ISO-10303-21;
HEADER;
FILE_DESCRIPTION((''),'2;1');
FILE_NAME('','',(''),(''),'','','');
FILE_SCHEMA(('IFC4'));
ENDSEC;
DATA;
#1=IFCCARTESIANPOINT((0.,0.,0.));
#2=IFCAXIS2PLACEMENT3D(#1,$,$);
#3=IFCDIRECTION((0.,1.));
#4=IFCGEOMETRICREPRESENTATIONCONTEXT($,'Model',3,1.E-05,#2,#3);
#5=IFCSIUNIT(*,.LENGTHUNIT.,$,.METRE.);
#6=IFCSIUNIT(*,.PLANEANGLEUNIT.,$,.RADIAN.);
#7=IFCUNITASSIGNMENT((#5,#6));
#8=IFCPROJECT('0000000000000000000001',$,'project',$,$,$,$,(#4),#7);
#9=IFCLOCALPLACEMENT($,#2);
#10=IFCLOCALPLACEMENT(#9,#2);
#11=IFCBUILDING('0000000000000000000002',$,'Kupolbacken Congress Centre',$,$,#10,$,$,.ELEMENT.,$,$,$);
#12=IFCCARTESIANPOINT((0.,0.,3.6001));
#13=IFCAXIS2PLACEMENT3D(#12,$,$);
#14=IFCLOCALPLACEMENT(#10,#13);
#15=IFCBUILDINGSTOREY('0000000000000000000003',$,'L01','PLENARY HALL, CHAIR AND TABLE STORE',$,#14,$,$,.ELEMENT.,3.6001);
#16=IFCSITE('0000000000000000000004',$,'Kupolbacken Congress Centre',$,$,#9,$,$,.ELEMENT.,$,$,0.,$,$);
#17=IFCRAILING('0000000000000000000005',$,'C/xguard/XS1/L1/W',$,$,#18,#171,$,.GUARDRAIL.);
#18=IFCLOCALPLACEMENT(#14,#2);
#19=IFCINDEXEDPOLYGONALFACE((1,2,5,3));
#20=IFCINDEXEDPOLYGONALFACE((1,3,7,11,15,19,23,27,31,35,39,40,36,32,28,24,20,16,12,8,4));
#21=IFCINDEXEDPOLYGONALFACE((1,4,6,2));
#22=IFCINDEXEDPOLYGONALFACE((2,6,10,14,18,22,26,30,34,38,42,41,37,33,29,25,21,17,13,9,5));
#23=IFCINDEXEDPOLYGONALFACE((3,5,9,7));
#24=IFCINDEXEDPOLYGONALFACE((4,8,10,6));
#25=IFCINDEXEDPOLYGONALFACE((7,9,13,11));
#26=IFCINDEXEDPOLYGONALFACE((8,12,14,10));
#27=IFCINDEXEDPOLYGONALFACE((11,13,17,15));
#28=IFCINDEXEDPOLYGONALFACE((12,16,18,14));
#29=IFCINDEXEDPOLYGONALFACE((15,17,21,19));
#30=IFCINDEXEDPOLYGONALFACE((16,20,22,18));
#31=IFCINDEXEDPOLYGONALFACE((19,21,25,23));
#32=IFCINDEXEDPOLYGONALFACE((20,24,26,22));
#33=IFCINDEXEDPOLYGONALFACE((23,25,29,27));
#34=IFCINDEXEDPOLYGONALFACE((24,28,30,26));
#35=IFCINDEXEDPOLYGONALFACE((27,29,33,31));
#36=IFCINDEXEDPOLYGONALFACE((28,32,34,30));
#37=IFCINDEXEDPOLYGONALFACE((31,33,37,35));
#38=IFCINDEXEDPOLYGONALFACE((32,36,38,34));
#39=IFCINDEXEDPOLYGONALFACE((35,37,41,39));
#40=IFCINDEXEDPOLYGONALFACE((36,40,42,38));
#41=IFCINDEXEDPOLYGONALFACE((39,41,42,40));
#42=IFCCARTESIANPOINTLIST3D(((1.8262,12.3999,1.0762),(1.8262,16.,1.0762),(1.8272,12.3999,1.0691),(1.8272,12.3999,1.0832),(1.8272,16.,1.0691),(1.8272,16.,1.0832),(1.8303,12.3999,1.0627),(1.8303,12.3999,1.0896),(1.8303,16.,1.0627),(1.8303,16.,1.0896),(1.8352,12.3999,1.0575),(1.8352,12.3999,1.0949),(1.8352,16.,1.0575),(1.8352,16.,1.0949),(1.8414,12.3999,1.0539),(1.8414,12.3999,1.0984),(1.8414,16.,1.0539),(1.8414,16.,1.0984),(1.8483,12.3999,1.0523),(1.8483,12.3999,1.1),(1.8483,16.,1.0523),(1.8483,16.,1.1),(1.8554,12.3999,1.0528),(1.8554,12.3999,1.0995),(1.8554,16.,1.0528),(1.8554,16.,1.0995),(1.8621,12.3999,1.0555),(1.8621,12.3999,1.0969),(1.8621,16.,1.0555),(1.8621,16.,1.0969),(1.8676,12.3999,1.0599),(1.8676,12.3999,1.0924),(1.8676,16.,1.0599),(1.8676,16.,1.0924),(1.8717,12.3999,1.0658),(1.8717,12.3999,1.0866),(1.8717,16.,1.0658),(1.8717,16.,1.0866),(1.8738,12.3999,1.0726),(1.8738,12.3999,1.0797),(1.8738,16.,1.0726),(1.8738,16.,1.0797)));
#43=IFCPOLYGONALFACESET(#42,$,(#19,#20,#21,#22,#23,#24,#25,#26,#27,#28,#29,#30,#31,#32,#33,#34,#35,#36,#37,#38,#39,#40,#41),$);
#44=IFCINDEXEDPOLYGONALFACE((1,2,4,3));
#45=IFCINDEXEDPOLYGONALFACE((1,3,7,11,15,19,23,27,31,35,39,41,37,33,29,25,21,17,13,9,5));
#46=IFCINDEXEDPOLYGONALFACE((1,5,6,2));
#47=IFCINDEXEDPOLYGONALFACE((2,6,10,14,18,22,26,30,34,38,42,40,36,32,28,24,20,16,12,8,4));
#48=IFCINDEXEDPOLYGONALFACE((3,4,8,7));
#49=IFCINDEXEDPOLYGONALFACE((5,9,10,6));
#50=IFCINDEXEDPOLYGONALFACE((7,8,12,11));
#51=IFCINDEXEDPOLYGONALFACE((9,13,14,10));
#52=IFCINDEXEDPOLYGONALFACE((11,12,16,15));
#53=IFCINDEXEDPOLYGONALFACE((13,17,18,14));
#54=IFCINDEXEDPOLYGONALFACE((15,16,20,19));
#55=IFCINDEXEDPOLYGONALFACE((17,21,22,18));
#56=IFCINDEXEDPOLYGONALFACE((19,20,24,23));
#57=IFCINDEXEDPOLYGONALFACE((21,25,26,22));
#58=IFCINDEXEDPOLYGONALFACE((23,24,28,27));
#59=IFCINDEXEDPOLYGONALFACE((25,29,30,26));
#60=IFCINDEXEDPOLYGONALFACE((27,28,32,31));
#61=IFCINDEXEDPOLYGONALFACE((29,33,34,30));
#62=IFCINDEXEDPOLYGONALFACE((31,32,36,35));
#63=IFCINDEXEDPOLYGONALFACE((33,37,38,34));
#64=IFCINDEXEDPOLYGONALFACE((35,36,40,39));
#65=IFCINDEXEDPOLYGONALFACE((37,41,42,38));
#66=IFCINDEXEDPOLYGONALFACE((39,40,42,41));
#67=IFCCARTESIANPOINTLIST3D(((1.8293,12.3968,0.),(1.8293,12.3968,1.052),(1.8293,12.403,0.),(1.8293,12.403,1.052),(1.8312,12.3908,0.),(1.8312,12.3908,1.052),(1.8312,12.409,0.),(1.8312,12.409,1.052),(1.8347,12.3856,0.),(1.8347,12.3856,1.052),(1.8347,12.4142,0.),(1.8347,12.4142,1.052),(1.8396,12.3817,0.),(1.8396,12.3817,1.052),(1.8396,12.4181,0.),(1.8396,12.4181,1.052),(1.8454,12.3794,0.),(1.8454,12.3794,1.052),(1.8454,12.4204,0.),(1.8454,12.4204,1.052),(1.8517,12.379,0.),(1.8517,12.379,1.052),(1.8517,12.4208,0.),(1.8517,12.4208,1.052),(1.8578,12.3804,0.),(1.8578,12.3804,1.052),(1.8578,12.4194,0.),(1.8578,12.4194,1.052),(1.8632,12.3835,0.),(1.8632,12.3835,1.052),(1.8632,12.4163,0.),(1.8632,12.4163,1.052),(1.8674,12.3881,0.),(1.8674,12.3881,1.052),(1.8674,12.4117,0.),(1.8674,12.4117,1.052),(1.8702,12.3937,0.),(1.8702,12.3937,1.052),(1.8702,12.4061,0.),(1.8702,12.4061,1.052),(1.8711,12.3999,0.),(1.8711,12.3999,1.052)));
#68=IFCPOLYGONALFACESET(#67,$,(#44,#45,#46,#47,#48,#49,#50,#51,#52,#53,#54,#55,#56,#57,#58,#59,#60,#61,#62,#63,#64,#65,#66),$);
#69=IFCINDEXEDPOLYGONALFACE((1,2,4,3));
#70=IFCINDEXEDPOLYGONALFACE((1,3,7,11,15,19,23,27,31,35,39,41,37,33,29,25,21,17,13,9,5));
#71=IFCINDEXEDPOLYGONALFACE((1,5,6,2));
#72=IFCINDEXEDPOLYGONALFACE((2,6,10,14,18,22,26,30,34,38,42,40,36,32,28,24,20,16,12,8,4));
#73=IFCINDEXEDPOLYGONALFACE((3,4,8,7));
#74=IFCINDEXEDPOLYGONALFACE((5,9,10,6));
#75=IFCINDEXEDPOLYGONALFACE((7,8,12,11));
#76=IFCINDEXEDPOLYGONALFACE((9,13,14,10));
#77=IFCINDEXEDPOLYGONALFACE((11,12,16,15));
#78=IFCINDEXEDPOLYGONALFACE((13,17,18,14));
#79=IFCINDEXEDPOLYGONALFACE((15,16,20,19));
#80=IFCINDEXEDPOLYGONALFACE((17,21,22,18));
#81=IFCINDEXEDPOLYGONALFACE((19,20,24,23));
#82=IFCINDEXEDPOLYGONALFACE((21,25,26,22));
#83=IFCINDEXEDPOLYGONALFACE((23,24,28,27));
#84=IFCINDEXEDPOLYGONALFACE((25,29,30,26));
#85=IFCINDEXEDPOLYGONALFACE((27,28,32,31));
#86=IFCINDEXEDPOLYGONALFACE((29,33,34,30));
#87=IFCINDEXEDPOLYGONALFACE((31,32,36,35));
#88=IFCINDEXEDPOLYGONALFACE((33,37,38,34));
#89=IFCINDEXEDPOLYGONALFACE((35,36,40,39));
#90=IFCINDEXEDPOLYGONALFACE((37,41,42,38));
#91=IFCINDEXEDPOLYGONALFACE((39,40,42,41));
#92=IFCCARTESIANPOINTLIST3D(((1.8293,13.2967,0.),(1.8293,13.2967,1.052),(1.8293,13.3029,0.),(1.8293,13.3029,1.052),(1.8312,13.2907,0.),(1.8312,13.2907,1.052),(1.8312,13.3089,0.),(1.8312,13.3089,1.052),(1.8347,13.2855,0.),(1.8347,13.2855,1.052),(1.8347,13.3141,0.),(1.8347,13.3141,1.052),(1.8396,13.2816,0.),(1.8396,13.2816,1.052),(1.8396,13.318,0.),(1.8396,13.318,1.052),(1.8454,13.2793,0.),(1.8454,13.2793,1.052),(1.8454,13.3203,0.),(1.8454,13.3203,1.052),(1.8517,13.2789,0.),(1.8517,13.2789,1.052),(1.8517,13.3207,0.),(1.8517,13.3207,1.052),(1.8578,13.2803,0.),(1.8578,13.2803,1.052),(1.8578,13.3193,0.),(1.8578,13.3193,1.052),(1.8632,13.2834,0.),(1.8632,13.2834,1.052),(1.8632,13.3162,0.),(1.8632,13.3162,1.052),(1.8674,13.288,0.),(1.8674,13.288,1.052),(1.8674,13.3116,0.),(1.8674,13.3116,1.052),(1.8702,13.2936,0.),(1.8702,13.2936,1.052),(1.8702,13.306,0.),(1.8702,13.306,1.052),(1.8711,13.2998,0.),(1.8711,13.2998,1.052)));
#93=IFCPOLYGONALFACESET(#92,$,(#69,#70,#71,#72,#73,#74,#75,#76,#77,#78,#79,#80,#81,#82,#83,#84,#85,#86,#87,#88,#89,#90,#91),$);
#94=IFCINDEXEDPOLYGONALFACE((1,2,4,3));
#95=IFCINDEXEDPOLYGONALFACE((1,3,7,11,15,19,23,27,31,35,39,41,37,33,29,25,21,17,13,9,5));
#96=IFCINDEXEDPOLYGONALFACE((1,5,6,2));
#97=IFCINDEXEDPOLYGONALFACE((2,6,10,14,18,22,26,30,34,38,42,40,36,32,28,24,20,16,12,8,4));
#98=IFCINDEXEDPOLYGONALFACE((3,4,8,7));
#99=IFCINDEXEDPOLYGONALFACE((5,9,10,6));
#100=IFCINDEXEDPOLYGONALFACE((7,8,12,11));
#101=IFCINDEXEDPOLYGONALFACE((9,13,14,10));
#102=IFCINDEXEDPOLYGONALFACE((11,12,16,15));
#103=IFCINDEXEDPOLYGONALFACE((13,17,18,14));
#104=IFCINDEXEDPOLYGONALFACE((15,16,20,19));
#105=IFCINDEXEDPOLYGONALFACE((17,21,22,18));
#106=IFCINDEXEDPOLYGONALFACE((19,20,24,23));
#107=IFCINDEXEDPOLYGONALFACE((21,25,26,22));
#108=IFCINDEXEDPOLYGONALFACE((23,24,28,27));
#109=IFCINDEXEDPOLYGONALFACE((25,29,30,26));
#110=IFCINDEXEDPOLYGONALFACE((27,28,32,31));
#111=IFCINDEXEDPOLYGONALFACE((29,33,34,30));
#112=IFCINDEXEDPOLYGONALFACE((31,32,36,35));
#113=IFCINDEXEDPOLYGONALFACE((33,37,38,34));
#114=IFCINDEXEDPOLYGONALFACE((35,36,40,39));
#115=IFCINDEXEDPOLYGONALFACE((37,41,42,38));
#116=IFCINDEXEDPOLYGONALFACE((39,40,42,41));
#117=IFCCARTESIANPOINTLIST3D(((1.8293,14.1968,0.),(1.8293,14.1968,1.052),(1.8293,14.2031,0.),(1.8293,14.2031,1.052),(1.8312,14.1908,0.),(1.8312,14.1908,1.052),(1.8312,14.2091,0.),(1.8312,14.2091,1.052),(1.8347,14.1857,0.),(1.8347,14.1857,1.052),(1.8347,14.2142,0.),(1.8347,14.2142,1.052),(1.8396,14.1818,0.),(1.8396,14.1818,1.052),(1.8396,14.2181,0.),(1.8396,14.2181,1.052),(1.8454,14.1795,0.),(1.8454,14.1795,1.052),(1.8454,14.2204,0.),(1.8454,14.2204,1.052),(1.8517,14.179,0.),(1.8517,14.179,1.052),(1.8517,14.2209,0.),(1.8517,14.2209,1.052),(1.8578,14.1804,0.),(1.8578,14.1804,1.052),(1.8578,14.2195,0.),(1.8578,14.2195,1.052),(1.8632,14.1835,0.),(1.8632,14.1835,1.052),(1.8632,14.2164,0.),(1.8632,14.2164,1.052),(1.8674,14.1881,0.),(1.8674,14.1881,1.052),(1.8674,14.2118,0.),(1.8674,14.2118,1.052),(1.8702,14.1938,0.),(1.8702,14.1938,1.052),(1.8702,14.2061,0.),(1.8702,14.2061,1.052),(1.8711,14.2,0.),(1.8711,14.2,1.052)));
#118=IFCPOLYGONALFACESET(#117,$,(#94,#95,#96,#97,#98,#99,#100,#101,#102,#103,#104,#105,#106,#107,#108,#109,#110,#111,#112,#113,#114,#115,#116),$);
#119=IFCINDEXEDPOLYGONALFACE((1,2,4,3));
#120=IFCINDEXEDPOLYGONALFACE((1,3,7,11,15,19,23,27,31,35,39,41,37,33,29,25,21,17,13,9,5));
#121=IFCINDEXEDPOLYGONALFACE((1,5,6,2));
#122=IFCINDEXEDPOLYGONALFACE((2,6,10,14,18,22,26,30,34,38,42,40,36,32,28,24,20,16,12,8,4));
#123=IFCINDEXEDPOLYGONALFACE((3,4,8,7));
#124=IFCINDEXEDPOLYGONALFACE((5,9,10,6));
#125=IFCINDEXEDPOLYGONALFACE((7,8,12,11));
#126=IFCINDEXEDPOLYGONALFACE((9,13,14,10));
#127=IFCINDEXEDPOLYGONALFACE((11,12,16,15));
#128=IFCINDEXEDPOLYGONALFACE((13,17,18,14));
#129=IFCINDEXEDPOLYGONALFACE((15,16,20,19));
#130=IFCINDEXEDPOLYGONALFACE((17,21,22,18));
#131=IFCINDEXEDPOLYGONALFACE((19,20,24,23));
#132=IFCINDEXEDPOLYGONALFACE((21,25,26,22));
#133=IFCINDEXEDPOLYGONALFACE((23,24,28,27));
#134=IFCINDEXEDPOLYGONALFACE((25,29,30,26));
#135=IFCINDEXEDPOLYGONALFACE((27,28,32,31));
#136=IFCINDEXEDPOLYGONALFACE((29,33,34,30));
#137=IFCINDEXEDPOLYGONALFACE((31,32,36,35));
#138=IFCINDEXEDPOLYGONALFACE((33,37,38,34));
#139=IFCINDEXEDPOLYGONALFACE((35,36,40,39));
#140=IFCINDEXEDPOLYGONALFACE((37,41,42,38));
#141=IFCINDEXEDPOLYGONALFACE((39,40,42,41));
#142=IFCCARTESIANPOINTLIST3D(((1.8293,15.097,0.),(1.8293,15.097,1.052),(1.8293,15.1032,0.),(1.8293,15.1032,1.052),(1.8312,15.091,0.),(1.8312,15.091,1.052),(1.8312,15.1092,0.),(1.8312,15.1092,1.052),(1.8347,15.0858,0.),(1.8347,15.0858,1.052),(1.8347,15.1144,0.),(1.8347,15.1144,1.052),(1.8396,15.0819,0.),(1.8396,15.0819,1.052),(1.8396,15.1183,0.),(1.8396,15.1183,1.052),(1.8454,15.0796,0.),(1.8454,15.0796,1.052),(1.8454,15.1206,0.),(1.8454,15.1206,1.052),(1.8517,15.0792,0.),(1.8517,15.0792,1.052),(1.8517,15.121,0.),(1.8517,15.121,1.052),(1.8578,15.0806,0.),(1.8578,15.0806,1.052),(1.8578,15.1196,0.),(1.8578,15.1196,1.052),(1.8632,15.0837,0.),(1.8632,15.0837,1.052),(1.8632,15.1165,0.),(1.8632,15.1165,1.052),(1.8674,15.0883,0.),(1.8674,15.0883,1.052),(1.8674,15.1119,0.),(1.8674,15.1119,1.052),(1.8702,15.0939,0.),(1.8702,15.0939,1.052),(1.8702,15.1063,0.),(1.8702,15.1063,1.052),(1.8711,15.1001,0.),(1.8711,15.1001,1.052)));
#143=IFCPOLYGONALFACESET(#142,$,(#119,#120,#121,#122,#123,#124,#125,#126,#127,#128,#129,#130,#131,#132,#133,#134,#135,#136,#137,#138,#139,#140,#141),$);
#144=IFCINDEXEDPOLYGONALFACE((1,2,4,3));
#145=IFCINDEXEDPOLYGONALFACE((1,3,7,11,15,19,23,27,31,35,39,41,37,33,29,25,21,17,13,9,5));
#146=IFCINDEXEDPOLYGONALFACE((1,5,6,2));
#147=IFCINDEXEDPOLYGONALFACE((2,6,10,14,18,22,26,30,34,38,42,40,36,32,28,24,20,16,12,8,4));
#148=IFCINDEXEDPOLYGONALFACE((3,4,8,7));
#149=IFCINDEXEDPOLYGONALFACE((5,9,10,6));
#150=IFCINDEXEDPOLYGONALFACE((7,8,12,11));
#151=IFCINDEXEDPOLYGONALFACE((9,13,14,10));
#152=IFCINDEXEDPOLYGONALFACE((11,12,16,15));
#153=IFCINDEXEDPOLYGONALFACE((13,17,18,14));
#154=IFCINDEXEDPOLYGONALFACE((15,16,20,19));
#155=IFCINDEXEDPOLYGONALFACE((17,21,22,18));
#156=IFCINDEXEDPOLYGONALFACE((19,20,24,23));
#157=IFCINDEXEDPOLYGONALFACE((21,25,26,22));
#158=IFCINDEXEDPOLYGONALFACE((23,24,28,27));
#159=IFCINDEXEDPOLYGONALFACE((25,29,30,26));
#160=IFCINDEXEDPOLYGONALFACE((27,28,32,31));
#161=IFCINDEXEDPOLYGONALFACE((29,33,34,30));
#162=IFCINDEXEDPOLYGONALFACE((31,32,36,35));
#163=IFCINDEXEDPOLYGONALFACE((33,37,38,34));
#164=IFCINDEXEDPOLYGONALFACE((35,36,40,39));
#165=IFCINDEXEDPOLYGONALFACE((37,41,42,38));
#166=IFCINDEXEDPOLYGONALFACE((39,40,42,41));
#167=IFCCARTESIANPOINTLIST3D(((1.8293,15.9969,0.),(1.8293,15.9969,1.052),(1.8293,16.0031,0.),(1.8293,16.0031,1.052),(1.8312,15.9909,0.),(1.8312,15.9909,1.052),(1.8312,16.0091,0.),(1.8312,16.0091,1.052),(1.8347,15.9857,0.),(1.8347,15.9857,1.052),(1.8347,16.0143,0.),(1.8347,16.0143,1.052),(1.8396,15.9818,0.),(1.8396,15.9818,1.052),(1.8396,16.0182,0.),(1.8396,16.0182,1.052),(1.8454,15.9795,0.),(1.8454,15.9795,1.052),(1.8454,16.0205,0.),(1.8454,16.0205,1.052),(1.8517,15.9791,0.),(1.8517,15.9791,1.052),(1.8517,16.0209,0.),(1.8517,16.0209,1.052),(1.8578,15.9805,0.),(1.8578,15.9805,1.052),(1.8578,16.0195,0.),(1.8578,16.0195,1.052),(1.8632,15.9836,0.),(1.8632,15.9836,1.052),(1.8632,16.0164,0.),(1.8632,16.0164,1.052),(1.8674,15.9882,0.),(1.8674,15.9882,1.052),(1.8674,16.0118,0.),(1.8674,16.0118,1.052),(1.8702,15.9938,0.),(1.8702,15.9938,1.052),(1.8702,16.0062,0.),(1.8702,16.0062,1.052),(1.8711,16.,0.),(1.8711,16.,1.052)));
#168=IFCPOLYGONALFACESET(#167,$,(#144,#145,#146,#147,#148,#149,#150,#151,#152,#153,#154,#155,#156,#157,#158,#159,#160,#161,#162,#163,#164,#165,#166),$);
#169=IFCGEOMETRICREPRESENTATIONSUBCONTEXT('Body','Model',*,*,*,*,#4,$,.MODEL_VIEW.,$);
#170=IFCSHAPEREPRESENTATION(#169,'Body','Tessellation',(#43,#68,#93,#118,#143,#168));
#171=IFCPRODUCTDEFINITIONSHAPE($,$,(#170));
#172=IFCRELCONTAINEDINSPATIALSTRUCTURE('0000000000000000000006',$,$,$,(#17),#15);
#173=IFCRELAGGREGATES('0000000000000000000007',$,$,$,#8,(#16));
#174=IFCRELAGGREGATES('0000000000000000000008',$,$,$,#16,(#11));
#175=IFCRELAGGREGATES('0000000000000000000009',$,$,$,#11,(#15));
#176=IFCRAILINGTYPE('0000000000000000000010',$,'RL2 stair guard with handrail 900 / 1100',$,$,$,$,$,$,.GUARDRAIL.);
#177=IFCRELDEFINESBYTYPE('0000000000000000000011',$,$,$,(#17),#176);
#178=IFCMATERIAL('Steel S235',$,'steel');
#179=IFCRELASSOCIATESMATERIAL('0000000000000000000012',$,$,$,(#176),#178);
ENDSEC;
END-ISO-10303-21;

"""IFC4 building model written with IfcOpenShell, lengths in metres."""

from ifc_helpers import new_model, si_unit, direction, frame, origin, origin_2d, place, context, subcontext, project, spatial, circle, extrude, material, type_object, element, save


model = new_model("IFC4")

# Units and contexts
model_context = context("Model", 3, precision=1e-05, world=origin(), true_north=direction((0.0, 1.0)))
body_context = subcontext(model_context, "Body", "Model", "MODEL_VIEW")
ifc_project = project(units=[si_unit("LENGTHUNIT", "METRE"), si_unit("PLANEANGLEUNIT", "RADIAN")], contexts=[model_context])

# Site, building, storey
site_placement = place(None, origin())
site = spatial("IfcSite", under=ifc_project, at=site_placement, Name="Kupolbacken Congress Centre", CompositionType="ELEMENT", RefElevation=0.0)
building_placement = place(site_placement, origin())
building = spatial("IfcBuilding", under=site, at=building_placement, Name="Kupolbacken Congress Centre", CompositionType="ELEMENT")
storey_placement = place(building_placement, frame((0.0, 0.0, 3.6001)))
storey = spatial("IfcBuildingStorey", under=building, at=storey_placement, Name="L01", Description="PLENARY HALL, CHAIR AND TABLE STORE", CompositionType="ELEMENT", Elevation=3.6001)

# Railing
ifc_material_1 = material(Name="Steel S235", Category="steel")
railing_type = type_object("IfcRailingType", Name="RL2 stair guard with handrail 900 / 1100", PredefinedType="GUARDRAIL", material=ifc_material_1)
for number, where, name in (
    (1, (1.8501, 12.3999, 0.0), "C/xguard/XS1/L1/W"),
):
    element("IfcRailing", number, at=place(storey_placement, frame(where)), inside=storey, type_object=railing_type, Name=name, PredefinedType="GUARDRAIL", context=body_context, shape_type="SweptSolid", body=[
        extrude(circle(Radius=0.0239, at=origin_2d()), frame((0.0, 0.0, 1.0762), z_axis=(0.0, 1.0, 0.0), x_axis=(-1.0, 0.0, 0.0)), (0.0, 0.0, 1.0), 3.6001),
        extrude(circle(Radius=0.021, at=origin_2d()), origin(), (0.0, 0.0, 1.0), 1.052),
        extrude(circle(Radius=0.021, at=origin_2d()), frame((0.0, 0.8999, 0.0)), (0.0, 0.0, 1.0), 1.052),
        extrude(circle(Radius=0.021, at=origin_2d()), frame((0.0, 1.8, 0.0)), (0.0, 0.0, 1.0), 1.052),
        extrude(circle(Radius=0.021, at=origin_2d()), frame((0.0, 2.7002, 0.0)), (0.0, 0.0, 1.0), 1.052),
        extrude(circle(Radius=0.021, at=origin_2d()), frame((0.0, 3.6001, 0.0)), (0.0, 0.0, 1.0), 1.052),
    ])

save(model, "model.ifc")
